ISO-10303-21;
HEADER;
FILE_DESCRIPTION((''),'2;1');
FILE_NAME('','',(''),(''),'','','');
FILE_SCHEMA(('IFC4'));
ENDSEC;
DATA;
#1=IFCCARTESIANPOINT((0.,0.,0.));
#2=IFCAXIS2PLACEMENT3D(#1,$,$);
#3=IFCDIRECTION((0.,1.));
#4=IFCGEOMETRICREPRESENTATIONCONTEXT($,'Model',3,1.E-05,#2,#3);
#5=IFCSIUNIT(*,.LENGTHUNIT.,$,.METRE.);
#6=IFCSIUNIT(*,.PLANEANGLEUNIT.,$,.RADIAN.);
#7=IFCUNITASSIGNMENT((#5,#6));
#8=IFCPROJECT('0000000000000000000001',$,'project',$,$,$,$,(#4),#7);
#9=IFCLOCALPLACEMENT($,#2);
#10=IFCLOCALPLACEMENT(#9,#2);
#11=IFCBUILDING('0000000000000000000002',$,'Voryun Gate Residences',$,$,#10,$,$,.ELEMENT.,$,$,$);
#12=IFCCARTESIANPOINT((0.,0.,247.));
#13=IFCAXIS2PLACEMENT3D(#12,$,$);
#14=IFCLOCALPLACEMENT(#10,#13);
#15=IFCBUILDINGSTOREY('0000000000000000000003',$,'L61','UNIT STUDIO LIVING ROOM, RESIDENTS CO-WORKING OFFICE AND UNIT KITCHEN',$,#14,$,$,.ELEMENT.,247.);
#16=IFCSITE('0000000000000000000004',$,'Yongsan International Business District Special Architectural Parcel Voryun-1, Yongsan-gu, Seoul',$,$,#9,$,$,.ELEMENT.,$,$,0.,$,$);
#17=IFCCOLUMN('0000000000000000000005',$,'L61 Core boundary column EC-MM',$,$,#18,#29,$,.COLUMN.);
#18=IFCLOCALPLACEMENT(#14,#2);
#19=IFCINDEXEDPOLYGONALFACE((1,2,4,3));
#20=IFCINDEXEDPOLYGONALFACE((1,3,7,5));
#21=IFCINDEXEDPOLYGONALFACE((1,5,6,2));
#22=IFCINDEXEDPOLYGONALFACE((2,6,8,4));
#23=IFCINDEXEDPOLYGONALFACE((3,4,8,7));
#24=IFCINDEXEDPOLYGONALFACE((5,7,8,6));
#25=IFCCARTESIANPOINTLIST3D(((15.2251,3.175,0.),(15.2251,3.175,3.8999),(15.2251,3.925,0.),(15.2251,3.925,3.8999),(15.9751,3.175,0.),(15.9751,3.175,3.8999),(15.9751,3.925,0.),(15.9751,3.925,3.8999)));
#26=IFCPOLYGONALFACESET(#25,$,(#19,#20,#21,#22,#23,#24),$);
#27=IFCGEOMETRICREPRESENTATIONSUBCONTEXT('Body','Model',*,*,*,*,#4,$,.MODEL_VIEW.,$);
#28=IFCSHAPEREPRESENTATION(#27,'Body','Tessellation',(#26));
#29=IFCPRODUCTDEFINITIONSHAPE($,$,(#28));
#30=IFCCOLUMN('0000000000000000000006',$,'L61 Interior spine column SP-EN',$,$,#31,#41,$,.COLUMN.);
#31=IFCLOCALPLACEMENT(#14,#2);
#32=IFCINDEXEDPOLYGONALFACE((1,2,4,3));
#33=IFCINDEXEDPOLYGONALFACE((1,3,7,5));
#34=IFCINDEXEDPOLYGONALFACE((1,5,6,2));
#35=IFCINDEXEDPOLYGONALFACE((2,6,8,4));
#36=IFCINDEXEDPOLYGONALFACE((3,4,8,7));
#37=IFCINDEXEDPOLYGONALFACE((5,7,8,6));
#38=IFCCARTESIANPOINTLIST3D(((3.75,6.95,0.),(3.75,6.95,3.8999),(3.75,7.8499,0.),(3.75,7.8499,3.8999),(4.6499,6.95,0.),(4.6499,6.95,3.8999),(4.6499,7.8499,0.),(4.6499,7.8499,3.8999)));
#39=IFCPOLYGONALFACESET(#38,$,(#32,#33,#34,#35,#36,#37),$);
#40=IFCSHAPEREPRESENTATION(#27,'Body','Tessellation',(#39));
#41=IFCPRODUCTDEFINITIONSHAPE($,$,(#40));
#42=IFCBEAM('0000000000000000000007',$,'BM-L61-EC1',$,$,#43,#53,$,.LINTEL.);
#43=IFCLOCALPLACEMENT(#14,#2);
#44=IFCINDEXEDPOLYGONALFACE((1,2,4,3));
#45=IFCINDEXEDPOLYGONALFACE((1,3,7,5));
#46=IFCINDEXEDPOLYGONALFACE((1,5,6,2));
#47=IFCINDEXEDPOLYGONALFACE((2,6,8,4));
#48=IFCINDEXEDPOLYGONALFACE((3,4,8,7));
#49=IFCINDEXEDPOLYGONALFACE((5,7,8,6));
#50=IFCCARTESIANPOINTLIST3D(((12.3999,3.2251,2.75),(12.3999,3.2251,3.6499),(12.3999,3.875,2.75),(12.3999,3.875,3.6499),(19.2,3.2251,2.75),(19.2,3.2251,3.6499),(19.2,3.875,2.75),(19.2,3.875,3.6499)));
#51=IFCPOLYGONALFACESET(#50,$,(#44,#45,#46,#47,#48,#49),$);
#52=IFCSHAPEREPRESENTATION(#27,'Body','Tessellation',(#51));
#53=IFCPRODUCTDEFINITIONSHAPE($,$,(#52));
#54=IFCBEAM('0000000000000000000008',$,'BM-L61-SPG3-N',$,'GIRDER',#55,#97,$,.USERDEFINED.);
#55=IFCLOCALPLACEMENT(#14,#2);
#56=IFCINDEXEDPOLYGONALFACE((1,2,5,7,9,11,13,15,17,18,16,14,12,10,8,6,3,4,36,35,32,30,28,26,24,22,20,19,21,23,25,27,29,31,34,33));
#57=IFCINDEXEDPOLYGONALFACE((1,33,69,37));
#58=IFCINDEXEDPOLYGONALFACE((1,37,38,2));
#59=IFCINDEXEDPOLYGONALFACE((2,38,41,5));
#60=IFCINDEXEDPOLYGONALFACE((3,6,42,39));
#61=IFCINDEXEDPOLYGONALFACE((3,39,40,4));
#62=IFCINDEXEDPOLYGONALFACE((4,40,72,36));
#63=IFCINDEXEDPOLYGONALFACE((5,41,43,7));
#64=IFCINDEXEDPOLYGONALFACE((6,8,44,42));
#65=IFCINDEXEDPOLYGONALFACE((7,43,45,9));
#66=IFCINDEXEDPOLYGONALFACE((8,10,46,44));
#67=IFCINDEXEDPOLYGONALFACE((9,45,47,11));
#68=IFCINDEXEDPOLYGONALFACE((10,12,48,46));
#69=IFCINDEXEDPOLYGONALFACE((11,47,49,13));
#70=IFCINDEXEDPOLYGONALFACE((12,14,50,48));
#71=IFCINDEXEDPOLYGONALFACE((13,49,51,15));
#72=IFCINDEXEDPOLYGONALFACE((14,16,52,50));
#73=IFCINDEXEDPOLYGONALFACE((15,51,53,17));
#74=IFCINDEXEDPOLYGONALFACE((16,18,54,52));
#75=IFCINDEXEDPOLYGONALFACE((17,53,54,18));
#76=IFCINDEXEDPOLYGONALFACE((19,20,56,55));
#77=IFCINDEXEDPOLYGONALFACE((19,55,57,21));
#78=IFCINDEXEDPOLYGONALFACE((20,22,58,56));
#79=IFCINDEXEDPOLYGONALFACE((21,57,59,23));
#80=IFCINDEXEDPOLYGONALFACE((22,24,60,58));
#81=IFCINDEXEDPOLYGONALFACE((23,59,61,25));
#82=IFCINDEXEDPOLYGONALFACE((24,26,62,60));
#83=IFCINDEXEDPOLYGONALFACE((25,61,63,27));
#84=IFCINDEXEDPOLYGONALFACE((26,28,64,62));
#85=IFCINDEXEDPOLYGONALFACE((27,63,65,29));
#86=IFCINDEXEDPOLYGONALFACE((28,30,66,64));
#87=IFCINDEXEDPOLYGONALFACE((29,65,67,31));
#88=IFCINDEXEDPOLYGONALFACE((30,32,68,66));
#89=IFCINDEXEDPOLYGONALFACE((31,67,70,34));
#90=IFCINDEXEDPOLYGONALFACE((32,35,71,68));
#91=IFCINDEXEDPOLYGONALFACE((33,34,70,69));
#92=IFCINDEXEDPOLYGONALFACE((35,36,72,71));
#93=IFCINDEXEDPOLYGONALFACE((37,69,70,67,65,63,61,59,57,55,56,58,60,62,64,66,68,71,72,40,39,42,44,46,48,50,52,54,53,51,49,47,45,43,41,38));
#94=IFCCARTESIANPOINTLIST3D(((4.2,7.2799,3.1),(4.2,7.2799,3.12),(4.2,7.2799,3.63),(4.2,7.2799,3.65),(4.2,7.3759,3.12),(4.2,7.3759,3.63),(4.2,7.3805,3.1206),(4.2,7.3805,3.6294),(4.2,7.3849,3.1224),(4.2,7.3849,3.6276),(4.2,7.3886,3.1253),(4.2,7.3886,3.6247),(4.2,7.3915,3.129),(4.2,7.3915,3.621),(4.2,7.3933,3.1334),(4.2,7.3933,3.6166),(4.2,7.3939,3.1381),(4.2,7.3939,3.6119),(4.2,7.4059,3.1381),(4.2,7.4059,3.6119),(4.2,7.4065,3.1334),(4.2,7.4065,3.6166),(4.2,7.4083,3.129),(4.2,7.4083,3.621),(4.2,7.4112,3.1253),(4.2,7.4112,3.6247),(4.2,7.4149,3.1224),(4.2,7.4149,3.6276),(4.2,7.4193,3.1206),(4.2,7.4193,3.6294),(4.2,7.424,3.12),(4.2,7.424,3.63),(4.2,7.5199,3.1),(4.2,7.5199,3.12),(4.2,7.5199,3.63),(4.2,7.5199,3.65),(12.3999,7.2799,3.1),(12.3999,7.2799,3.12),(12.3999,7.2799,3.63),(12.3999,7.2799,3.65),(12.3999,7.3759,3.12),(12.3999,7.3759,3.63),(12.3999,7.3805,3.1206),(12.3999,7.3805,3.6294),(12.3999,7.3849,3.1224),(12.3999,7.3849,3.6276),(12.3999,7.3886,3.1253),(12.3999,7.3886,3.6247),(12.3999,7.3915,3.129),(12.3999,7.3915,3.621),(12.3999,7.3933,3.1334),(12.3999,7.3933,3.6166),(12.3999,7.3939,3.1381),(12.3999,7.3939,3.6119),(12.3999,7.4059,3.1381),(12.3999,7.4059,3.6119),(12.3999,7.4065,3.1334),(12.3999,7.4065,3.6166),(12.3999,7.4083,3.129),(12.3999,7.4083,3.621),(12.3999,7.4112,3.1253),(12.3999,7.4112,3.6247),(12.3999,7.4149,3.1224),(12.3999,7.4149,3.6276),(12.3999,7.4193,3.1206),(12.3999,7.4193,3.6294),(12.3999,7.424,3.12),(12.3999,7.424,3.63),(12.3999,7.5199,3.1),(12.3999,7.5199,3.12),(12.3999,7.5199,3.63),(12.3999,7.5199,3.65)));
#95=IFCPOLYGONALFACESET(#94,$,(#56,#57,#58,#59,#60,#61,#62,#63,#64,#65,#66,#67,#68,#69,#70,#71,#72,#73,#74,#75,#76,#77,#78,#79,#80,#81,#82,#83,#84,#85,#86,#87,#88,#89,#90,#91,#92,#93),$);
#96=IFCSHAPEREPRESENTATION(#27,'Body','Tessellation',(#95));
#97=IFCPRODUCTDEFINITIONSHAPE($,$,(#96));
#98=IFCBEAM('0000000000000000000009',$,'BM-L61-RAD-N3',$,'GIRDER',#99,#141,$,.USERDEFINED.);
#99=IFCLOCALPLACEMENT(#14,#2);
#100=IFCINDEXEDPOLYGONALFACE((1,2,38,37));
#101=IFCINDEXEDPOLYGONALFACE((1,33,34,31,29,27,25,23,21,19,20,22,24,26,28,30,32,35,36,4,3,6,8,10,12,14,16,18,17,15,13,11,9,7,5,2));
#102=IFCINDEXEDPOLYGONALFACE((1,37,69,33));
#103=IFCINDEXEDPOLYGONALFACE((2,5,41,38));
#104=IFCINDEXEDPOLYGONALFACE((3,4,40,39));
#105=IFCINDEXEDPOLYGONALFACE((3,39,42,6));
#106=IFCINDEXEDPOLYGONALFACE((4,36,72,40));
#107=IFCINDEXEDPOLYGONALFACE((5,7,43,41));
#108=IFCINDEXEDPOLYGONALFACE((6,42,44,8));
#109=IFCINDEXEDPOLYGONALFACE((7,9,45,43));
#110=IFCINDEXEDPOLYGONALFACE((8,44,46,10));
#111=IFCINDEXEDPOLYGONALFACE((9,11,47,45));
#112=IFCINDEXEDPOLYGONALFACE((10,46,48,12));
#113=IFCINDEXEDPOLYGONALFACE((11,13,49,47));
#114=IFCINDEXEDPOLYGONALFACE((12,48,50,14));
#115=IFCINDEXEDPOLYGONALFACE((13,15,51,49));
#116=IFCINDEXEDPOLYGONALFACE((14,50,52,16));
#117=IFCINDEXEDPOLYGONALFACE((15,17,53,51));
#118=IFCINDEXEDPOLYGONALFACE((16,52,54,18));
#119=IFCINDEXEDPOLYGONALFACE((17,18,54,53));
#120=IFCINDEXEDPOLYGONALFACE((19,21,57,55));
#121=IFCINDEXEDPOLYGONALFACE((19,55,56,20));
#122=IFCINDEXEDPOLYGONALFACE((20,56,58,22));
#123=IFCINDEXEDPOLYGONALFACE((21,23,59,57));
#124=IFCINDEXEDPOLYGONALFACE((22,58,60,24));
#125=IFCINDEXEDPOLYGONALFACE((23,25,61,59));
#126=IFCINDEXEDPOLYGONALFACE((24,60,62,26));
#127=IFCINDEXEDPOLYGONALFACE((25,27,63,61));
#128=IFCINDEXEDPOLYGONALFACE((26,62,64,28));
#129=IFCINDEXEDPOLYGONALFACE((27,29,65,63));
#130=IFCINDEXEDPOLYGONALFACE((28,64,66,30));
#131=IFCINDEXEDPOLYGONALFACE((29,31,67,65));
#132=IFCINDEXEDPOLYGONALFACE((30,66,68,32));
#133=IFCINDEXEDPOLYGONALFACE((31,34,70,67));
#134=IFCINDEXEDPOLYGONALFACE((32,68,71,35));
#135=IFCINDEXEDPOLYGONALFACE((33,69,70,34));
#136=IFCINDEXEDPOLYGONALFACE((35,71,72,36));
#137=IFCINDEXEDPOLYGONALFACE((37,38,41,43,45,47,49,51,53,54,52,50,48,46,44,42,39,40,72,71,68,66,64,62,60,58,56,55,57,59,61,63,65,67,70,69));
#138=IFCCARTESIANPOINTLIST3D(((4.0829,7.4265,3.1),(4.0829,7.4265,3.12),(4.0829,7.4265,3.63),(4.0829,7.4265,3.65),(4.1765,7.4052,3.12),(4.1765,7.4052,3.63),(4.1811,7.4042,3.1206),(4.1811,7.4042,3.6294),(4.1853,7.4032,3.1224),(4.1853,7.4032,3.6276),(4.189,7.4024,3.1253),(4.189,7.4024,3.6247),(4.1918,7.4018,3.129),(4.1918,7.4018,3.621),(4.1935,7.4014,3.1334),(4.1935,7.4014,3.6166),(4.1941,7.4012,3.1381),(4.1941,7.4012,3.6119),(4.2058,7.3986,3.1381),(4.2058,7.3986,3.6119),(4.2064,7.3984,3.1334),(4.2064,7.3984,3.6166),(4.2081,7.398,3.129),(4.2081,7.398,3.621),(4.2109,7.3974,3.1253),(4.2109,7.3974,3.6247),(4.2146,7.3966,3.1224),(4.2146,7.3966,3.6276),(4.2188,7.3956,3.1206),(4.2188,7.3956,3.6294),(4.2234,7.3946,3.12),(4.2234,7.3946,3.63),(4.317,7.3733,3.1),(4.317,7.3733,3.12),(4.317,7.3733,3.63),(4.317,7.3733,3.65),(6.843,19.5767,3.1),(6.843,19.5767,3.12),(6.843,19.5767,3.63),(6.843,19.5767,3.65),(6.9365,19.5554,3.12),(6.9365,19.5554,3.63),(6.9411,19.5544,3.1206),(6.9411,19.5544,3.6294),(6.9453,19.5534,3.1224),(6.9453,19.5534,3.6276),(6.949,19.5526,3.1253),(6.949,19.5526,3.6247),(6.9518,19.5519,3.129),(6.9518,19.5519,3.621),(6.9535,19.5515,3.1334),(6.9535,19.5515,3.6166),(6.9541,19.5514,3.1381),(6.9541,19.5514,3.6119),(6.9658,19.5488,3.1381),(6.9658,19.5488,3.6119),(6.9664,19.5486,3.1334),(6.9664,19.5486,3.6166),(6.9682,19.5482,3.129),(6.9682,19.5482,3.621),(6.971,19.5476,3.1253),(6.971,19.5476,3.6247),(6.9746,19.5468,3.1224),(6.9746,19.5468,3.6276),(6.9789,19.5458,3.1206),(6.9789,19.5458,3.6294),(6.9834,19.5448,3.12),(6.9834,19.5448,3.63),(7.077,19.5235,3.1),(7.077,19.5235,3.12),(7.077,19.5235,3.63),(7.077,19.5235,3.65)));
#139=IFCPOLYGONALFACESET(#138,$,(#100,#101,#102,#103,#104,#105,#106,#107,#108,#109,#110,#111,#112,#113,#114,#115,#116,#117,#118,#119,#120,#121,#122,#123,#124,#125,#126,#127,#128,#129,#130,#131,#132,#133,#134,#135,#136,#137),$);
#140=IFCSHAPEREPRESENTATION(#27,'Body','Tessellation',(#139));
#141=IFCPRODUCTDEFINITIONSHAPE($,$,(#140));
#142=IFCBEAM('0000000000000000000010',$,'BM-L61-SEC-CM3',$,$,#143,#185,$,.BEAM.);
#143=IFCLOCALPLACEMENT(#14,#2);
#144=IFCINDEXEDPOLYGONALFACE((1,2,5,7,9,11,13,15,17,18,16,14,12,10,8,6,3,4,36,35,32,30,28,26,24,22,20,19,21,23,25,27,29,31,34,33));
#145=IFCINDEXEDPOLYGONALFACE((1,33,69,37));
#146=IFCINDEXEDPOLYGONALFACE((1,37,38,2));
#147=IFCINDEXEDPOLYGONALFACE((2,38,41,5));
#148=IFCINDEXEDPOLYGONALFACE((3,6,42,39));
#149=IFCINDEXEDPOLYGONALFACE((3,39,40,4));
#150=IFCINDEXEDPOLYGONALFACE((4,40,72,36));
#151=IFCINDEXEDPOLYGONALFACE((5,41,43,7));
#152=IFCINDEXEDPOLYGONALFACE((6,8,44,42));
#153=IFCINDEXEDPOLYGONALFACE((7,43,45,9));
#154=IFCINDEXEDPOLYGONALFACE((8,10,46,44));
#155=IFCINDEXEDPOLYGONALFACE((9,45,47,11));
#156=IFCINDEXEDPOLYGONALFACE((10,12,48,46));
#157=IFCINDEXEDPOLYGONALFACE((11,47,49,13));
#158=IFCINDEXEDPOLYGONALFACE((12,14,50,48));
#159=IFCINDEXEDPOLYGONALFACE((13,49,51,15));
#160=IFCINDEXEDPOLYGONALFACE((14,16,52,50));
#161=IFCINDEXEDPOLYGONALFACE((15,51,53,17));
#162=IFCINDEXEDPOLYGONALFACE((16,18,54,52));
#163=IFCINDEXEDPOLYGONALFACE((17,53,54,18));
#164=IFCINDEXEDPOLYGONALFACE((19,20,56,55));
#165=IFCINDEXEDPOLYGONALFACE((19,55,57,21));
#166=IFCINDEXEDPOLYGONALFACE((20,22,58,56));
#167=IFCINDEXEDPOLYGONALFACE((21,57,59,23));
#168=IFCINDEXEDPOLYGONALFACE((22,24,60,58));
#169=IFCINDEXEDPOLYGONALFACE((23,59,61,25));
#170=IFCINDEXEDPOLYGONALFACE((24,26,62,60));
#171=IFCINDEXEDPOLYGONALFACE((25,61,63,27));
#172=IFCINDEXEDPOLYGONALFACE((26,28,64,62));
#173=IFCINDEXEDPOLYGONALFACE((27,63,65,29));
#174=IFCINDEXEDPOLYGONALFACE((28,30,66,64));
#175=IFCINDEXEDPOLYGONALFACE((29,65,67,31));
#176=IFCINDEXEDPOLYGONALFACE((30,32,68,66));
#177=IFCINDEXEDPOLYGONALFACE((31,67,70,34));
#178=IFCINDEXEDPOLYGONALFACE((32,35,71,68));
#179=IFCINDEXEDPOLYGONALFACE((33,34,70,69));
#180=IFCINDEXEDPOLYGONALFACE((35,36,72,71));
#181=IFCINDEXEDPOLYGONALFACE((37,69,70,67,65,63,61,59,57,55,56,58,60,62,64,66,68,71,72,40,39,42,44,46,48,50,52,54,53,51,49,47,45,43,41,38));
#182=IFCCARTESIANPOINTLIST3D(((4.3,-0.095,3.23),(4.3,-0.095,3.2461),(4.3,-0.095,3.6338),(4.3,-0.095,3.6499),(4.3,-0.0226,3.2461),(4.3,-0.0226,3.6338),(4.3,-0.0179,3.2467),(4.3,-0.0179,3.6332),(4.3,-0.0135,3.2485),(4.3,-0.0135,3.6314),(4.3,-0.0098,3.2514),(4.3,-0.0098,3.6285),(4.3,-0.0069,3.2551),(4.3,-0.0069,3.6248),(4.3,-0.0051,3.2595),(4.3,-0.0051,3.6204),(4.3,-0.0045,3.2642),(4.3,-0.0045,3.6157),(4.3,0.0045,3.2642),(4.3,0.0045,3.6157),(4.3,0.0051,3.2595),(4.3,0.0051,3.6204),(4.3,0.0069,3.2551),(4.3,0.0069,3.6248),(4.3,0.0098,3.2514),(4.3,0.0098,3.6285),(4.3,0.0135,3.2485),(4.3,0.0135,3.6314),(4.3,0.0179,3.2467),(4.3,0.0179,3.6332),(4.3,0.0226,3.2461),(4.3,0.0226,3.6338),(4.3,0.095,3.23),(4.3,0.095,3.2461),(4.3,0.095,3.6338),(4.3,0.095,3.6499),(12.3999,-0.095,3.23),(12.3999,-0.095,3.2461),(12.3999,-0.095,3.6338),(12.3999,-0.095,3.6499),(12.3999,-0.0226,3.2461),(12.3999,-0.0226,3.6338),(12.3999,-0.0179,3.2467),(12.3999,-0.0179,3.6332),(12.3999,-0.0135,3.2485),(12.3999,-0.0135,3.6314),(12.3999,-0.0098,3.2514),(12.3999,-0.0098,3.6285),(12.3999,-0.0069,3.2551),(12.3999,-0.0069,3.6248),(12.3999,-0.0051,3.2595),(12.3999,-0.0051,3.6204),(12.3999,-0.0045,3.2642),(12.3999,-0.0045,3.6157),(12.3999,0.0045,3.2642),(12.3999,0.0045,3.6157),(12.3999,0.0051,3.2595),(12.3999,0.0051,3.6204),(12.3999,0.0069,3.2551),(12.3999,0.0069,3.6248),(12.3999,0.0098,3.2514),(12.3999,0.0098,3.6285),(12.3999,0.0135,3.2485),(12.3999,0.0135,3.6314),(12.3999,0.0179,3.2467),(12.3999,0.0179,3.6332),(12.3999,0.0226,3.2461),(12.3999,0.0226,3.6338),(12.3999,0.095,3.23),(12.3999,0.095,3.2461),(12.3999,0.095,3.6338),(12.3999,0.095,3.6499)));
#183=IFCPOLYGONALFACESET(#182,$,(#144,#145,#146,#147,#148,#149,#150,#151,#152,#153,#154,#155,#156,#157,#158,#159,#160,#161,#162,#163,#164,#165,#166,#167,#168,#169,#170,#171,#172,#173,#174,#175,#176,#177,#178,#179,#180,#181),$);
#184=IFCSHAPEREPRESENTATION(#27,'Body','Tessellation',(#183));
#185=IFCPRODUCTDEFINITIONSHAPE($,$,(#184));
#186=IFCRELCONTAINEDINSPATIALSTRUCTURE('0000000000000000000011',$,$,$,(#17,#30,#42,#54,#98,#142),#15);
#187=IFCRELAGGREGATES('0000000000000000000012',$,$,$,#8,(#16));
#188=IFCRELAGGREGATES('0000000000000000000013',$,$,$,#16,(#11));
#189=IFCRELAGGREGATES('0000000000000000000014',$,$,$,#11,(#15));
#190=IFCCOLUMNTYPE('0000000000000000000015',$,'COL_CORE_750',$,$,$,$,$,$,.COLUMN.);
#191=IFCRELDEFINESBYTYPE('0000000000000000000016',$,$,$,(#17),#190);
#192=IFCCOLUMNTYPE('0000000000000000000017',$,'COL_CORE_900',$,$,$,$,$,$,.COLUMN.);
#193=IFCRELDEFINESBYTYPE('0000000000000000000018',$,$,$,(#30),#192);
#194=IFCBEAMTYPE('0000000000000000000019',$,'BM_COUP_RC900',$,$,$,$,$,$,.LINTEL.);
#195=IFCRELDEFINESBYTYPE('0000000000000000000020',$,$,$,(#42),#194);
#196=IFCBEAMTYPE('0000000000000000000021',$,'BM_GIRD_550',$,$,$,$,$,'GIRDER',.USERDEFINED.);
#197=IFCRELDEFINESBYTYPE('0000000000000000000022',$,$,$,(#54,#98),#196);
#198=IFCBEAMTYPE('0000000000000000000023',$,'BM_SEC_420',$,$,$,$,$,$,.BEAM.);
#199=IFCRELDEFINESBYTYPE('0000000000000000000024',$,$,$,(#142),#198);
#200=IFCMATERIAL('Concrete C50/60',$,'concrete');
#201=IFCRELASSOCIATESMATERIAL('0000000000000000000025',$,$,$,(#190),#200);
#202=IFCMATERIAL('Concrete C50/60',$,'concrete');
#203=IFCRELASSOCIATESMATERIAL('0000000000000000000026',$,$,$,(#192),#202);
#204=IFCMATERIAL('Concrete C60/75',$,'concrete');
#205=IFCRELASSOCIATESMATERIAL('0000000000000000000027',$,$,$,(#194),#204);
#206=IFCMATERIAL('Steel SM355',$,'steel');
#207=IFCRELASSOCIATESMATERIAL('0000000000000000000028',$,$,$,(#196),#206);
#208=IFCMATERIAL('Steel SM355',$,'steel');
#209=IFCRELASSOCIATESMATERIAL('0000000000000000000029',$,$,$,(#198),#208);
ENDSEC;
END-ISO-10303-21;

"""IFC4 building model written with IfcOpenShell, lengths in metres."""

from ifc_helpers import new_model, si_unit, direction, frame, origin, origin_2d, place, context, subcontext, project, spatial, rectangle, i_section, extrude, material, material_profile, profile_set, type_object, element, save


model = new_model("IFC4")

# Units and contexts
model_context = context("Model", 3, precision=1e-05, world=origin(), true_north=direction((0.0, 1.0)))
body_context = subcontext(model_context, "Body", "Model", "MODEL_VIEW")
ifc_project = project(units=[si_unit("LENGTHUNIT", "METRE"), si_unit("PLANEANGLEUNIT", "RADIAN")], contexts=[model_context])

# Site, building, storey
site_placement = place(None, origin())
site = spatial("IfcSite", under=ifc_project, at=site_placement, Name="Yongsan International Business District Special Architectural Parcel Voryun-1, Yongsan-gu, Seoul", CompositionType="ELEMENT", RefElevation=0.0)
building_placement = place(site_placement, origin())
building = spatial("IfcBuilding", under=site, at=building_placement, Name="Voryun Gate Residences", CompositionType="ELEMENT")
storey_placement = place(building_placement, frame((0.0, 0.0, 247.0)))
storey = spatial("IfcBuildingStorey", under=building, at=storey_placement, Name="L61", Description="UNIT STUDIO LIVING ROOM, RESIDENTS CO-WORKING OFFICE AND UNIT KITCHEN", CompositionType="ELEMENT", Elevation=247.0)

# Columns
ifc_material_1 = material(Name="Concrete C50/60", Category="concrete")
ifc_material_profile_1 = material_profile(ifc_material_1, rectangle(XDim=0.75, YDim=0.75, at=origin_2d()), Name="RC-750x750")
ifc_profile_set_1 = profile_set([ifc_material_profile_1], Name="Concrete C50/60")
column_type_1 = type_object("IfcColumnType", Name="COL_CORE_750", PredefinedType="COLUMN", material=ifc_profile_set_1)
column_1_placement = place(storey_placement, frame((15.6001, 3.55, 0.0), z_axis=(0.0, 0.0, 1.0), x_axis=(1.0, 0.0, 0.0)))
element("IfcColumn", 1, at=column_1_placement, inside=storey, type_object=column_type_1, Name="L61 Core boundary column EC-MM", PredefinedType="COLUMN", context=body_context, shape_type="SweptSolid", body=[
    extrude(rectangle(XDim=0.75, YDim=0.75, at=origin_2d()), origin(), (0.0, 0.0, 1.0), 3.8999),
])
ifc_material_2 = material(Name="Concrete C50/60", Category="concrete")
ifc_material_profile_2 = material_profile(ifc_material_2, rectangle(XDim=0.8999, YDim=0.8999, at=origin_2d()), Name="RC-900x900")
ifc_profile_set_2 = profile_set([ifc_material_profile_2], Name="Concrete C50/60")
column_type_2 = type_object("IfcColumnType", Name="COL_CORE_900", PredefinedType="COLUMN", material=ifc_profile_set_2)
column_2_placement = place(storey_placement, frame((4.2, 7.3999, 0.0), z_axis=(0.0, 0.0, 1.0), x_axis=(1.0, 0.0, 0.0)))
element("IfcColumn", 2, at=column_2_placement, inside=storey, type_object=column_type_2, Name="L61 Interior spine column SP-EN", PredefinedType="COLUMN", context=body_context, shape_type="SweptSolid", body=[
    extrude(rectangle(XDim=0.8999, YDim=0.8999, at=origin_2d()), origin(), (0.0, 0.0, 1.0), 3.8999),
])

# Beams
ifc_material_3 = material(Name="Concrete C60/75", Category="concrete")
ifc_material_profile_3 = material_profile(ifc_material_3, rectangle(XDim=0.6499, YDim=0.8999, at=origin_2d()), Name="RC-650x900")
ifc_profile_set_3 = profile_set([ifc_material_profile_3], Name="Concrete C60/75")
beam_type_1 = type_object("IfcBeamType", Name="BM_COUP_RC900", PredefinedType="LINTEL", material=ifc_profile_set_3)
beam_1_placement = place(storey_placement, frame((12.3999, 3.55, 3.2), z_axis=(1.0, 0.0, 0.0), x_axis=(0.0, 1.0, 0.0)))
element("IfcBeam", 3, at=beam_1_placement, inside=storey, type_object=beam_type_1, Name="BM-L61-EC1", PredefinedType="LINTEL", context=body_context, shape_type="SweptSolid", body=[
    extrude(rectangle(XDim=0.6499, YDim=0.8999, at=origin_2d()), origin(), (0.0, 0.0, 1.0), 6.8),
])
ifc_material_4 = material(Name="Steel SM355", Category="steel")
ifc_material_profile_4 = material_profile(ifc_material_4, i_section(OverallWidth=0.24, OverallDepth=0.55, WebThickness=0.012, FlangeThickness=0.02, FilletRadius=0.0181, at=origin_2d()), Name="H-550x240x12x20")
ifc_profile_set_4 = profile_set([ifc_material_profile_4], Name="Steel SM355")
beam_type_2 = type_object("IfcBeamType", Name="BM_GIRD_550", ElementType="GIRDER", PredefinedType="USERDEFINED", material=ifc_profile_set_4)
beam_2_placement = place(storey_placement, frame((4.2, 7.3999, 3.375), z_axis=(1.0, 0.0, 0.0), x_axis=(0.0, 1.0, 0.0)))
element("IfcBeam", 4, at=beam_2_placement, inside=storey, type_object=beam_type_2, Name="BM-L61-SPG3-N", ObjectType="GIRDER", PredefinedType="USERDEFINED", context=body_context, shape_type="SweptSolid", body=[
    extrude(i_section(OverallWidth=0.24, OverallDepth=0.55, WebThickness=0.012, FlangeThickness=0.02, FilletRadius=0.0181, at=origin_2d()), origin(), (0.0, 0.0, 1.0), 8.2),
])
beam_3_placement = place(storey_placement, frame((4.2, 7.3999, 3.375), z_axis=(0.221515, 0.975157, 0.0), x_axis=(-0.975157, 0.221515, 0.0)))
element("IfcBeam", 5, at=beam_3_placement, inside=storey, type_object=beam_type_2, Name="BM-L61-RAD-N3", ObjectType="GIRDER", PredefinedType="USERDEFINED", context=body_context, shape_type="SweptSolid", body=[
    extrude(i_section(OverallWidth=0.24, OverallDepth=0.55, WebThickness=0.012, FlangeThickness=0.02, FilletRadius=0.0181, at=origin_2d()), origin(), (0.0, 0.0, 1.0), 12.4597),
])
ifc_material_5 = material(Name="Steel SM355", Category="steel")
ifc_material_profile_5 = material_profile(ifc_material_5, i_section(OverallWidth=0.1899, OverallDepth=0.4199, WebThickness=0.009, FlangeThickness=0.0161, FilletRadius=0.0181, at=origin_2d()), Name="H-420x190x9x16")
ifc_profile_set_5 = profile_set([ifc_material_profile_5], Name="Steel SM355")
beam_type_3 = type_object("IfcBeamType", Name="BM_SEC_420", PredefinedType="BEAM", material=ifc_profile_set_5)
for number, where, z_axis, x_axis, name in (
    (6, (4.3, 0.0, 3.4399), (1.0, 0.0, 0.0), (0.0, 1.0, 0.0), "BM-L61-SEC-CM3"),
):
    element("IfcBeam", number, at=place(storey_placement, frame(where, z_axis=z_axis, x_axis=x_axis)), inside=storey, type_object=beam_type_3, Name=name, PredefinedType="BEAM", context=body_context, shape_type="SweptSolid", body=[
        extrude(i_section(OverallWidth=0.1899, OverallDepth=0.4199, WebThickness=0.009, FlangeThickness=0.0161, FilletRadius=0.0181, at=origin_2d()), origin(), (0.0, 0.0, 1.0), 8.0999),
    ])

save(model, "model.ifc")
